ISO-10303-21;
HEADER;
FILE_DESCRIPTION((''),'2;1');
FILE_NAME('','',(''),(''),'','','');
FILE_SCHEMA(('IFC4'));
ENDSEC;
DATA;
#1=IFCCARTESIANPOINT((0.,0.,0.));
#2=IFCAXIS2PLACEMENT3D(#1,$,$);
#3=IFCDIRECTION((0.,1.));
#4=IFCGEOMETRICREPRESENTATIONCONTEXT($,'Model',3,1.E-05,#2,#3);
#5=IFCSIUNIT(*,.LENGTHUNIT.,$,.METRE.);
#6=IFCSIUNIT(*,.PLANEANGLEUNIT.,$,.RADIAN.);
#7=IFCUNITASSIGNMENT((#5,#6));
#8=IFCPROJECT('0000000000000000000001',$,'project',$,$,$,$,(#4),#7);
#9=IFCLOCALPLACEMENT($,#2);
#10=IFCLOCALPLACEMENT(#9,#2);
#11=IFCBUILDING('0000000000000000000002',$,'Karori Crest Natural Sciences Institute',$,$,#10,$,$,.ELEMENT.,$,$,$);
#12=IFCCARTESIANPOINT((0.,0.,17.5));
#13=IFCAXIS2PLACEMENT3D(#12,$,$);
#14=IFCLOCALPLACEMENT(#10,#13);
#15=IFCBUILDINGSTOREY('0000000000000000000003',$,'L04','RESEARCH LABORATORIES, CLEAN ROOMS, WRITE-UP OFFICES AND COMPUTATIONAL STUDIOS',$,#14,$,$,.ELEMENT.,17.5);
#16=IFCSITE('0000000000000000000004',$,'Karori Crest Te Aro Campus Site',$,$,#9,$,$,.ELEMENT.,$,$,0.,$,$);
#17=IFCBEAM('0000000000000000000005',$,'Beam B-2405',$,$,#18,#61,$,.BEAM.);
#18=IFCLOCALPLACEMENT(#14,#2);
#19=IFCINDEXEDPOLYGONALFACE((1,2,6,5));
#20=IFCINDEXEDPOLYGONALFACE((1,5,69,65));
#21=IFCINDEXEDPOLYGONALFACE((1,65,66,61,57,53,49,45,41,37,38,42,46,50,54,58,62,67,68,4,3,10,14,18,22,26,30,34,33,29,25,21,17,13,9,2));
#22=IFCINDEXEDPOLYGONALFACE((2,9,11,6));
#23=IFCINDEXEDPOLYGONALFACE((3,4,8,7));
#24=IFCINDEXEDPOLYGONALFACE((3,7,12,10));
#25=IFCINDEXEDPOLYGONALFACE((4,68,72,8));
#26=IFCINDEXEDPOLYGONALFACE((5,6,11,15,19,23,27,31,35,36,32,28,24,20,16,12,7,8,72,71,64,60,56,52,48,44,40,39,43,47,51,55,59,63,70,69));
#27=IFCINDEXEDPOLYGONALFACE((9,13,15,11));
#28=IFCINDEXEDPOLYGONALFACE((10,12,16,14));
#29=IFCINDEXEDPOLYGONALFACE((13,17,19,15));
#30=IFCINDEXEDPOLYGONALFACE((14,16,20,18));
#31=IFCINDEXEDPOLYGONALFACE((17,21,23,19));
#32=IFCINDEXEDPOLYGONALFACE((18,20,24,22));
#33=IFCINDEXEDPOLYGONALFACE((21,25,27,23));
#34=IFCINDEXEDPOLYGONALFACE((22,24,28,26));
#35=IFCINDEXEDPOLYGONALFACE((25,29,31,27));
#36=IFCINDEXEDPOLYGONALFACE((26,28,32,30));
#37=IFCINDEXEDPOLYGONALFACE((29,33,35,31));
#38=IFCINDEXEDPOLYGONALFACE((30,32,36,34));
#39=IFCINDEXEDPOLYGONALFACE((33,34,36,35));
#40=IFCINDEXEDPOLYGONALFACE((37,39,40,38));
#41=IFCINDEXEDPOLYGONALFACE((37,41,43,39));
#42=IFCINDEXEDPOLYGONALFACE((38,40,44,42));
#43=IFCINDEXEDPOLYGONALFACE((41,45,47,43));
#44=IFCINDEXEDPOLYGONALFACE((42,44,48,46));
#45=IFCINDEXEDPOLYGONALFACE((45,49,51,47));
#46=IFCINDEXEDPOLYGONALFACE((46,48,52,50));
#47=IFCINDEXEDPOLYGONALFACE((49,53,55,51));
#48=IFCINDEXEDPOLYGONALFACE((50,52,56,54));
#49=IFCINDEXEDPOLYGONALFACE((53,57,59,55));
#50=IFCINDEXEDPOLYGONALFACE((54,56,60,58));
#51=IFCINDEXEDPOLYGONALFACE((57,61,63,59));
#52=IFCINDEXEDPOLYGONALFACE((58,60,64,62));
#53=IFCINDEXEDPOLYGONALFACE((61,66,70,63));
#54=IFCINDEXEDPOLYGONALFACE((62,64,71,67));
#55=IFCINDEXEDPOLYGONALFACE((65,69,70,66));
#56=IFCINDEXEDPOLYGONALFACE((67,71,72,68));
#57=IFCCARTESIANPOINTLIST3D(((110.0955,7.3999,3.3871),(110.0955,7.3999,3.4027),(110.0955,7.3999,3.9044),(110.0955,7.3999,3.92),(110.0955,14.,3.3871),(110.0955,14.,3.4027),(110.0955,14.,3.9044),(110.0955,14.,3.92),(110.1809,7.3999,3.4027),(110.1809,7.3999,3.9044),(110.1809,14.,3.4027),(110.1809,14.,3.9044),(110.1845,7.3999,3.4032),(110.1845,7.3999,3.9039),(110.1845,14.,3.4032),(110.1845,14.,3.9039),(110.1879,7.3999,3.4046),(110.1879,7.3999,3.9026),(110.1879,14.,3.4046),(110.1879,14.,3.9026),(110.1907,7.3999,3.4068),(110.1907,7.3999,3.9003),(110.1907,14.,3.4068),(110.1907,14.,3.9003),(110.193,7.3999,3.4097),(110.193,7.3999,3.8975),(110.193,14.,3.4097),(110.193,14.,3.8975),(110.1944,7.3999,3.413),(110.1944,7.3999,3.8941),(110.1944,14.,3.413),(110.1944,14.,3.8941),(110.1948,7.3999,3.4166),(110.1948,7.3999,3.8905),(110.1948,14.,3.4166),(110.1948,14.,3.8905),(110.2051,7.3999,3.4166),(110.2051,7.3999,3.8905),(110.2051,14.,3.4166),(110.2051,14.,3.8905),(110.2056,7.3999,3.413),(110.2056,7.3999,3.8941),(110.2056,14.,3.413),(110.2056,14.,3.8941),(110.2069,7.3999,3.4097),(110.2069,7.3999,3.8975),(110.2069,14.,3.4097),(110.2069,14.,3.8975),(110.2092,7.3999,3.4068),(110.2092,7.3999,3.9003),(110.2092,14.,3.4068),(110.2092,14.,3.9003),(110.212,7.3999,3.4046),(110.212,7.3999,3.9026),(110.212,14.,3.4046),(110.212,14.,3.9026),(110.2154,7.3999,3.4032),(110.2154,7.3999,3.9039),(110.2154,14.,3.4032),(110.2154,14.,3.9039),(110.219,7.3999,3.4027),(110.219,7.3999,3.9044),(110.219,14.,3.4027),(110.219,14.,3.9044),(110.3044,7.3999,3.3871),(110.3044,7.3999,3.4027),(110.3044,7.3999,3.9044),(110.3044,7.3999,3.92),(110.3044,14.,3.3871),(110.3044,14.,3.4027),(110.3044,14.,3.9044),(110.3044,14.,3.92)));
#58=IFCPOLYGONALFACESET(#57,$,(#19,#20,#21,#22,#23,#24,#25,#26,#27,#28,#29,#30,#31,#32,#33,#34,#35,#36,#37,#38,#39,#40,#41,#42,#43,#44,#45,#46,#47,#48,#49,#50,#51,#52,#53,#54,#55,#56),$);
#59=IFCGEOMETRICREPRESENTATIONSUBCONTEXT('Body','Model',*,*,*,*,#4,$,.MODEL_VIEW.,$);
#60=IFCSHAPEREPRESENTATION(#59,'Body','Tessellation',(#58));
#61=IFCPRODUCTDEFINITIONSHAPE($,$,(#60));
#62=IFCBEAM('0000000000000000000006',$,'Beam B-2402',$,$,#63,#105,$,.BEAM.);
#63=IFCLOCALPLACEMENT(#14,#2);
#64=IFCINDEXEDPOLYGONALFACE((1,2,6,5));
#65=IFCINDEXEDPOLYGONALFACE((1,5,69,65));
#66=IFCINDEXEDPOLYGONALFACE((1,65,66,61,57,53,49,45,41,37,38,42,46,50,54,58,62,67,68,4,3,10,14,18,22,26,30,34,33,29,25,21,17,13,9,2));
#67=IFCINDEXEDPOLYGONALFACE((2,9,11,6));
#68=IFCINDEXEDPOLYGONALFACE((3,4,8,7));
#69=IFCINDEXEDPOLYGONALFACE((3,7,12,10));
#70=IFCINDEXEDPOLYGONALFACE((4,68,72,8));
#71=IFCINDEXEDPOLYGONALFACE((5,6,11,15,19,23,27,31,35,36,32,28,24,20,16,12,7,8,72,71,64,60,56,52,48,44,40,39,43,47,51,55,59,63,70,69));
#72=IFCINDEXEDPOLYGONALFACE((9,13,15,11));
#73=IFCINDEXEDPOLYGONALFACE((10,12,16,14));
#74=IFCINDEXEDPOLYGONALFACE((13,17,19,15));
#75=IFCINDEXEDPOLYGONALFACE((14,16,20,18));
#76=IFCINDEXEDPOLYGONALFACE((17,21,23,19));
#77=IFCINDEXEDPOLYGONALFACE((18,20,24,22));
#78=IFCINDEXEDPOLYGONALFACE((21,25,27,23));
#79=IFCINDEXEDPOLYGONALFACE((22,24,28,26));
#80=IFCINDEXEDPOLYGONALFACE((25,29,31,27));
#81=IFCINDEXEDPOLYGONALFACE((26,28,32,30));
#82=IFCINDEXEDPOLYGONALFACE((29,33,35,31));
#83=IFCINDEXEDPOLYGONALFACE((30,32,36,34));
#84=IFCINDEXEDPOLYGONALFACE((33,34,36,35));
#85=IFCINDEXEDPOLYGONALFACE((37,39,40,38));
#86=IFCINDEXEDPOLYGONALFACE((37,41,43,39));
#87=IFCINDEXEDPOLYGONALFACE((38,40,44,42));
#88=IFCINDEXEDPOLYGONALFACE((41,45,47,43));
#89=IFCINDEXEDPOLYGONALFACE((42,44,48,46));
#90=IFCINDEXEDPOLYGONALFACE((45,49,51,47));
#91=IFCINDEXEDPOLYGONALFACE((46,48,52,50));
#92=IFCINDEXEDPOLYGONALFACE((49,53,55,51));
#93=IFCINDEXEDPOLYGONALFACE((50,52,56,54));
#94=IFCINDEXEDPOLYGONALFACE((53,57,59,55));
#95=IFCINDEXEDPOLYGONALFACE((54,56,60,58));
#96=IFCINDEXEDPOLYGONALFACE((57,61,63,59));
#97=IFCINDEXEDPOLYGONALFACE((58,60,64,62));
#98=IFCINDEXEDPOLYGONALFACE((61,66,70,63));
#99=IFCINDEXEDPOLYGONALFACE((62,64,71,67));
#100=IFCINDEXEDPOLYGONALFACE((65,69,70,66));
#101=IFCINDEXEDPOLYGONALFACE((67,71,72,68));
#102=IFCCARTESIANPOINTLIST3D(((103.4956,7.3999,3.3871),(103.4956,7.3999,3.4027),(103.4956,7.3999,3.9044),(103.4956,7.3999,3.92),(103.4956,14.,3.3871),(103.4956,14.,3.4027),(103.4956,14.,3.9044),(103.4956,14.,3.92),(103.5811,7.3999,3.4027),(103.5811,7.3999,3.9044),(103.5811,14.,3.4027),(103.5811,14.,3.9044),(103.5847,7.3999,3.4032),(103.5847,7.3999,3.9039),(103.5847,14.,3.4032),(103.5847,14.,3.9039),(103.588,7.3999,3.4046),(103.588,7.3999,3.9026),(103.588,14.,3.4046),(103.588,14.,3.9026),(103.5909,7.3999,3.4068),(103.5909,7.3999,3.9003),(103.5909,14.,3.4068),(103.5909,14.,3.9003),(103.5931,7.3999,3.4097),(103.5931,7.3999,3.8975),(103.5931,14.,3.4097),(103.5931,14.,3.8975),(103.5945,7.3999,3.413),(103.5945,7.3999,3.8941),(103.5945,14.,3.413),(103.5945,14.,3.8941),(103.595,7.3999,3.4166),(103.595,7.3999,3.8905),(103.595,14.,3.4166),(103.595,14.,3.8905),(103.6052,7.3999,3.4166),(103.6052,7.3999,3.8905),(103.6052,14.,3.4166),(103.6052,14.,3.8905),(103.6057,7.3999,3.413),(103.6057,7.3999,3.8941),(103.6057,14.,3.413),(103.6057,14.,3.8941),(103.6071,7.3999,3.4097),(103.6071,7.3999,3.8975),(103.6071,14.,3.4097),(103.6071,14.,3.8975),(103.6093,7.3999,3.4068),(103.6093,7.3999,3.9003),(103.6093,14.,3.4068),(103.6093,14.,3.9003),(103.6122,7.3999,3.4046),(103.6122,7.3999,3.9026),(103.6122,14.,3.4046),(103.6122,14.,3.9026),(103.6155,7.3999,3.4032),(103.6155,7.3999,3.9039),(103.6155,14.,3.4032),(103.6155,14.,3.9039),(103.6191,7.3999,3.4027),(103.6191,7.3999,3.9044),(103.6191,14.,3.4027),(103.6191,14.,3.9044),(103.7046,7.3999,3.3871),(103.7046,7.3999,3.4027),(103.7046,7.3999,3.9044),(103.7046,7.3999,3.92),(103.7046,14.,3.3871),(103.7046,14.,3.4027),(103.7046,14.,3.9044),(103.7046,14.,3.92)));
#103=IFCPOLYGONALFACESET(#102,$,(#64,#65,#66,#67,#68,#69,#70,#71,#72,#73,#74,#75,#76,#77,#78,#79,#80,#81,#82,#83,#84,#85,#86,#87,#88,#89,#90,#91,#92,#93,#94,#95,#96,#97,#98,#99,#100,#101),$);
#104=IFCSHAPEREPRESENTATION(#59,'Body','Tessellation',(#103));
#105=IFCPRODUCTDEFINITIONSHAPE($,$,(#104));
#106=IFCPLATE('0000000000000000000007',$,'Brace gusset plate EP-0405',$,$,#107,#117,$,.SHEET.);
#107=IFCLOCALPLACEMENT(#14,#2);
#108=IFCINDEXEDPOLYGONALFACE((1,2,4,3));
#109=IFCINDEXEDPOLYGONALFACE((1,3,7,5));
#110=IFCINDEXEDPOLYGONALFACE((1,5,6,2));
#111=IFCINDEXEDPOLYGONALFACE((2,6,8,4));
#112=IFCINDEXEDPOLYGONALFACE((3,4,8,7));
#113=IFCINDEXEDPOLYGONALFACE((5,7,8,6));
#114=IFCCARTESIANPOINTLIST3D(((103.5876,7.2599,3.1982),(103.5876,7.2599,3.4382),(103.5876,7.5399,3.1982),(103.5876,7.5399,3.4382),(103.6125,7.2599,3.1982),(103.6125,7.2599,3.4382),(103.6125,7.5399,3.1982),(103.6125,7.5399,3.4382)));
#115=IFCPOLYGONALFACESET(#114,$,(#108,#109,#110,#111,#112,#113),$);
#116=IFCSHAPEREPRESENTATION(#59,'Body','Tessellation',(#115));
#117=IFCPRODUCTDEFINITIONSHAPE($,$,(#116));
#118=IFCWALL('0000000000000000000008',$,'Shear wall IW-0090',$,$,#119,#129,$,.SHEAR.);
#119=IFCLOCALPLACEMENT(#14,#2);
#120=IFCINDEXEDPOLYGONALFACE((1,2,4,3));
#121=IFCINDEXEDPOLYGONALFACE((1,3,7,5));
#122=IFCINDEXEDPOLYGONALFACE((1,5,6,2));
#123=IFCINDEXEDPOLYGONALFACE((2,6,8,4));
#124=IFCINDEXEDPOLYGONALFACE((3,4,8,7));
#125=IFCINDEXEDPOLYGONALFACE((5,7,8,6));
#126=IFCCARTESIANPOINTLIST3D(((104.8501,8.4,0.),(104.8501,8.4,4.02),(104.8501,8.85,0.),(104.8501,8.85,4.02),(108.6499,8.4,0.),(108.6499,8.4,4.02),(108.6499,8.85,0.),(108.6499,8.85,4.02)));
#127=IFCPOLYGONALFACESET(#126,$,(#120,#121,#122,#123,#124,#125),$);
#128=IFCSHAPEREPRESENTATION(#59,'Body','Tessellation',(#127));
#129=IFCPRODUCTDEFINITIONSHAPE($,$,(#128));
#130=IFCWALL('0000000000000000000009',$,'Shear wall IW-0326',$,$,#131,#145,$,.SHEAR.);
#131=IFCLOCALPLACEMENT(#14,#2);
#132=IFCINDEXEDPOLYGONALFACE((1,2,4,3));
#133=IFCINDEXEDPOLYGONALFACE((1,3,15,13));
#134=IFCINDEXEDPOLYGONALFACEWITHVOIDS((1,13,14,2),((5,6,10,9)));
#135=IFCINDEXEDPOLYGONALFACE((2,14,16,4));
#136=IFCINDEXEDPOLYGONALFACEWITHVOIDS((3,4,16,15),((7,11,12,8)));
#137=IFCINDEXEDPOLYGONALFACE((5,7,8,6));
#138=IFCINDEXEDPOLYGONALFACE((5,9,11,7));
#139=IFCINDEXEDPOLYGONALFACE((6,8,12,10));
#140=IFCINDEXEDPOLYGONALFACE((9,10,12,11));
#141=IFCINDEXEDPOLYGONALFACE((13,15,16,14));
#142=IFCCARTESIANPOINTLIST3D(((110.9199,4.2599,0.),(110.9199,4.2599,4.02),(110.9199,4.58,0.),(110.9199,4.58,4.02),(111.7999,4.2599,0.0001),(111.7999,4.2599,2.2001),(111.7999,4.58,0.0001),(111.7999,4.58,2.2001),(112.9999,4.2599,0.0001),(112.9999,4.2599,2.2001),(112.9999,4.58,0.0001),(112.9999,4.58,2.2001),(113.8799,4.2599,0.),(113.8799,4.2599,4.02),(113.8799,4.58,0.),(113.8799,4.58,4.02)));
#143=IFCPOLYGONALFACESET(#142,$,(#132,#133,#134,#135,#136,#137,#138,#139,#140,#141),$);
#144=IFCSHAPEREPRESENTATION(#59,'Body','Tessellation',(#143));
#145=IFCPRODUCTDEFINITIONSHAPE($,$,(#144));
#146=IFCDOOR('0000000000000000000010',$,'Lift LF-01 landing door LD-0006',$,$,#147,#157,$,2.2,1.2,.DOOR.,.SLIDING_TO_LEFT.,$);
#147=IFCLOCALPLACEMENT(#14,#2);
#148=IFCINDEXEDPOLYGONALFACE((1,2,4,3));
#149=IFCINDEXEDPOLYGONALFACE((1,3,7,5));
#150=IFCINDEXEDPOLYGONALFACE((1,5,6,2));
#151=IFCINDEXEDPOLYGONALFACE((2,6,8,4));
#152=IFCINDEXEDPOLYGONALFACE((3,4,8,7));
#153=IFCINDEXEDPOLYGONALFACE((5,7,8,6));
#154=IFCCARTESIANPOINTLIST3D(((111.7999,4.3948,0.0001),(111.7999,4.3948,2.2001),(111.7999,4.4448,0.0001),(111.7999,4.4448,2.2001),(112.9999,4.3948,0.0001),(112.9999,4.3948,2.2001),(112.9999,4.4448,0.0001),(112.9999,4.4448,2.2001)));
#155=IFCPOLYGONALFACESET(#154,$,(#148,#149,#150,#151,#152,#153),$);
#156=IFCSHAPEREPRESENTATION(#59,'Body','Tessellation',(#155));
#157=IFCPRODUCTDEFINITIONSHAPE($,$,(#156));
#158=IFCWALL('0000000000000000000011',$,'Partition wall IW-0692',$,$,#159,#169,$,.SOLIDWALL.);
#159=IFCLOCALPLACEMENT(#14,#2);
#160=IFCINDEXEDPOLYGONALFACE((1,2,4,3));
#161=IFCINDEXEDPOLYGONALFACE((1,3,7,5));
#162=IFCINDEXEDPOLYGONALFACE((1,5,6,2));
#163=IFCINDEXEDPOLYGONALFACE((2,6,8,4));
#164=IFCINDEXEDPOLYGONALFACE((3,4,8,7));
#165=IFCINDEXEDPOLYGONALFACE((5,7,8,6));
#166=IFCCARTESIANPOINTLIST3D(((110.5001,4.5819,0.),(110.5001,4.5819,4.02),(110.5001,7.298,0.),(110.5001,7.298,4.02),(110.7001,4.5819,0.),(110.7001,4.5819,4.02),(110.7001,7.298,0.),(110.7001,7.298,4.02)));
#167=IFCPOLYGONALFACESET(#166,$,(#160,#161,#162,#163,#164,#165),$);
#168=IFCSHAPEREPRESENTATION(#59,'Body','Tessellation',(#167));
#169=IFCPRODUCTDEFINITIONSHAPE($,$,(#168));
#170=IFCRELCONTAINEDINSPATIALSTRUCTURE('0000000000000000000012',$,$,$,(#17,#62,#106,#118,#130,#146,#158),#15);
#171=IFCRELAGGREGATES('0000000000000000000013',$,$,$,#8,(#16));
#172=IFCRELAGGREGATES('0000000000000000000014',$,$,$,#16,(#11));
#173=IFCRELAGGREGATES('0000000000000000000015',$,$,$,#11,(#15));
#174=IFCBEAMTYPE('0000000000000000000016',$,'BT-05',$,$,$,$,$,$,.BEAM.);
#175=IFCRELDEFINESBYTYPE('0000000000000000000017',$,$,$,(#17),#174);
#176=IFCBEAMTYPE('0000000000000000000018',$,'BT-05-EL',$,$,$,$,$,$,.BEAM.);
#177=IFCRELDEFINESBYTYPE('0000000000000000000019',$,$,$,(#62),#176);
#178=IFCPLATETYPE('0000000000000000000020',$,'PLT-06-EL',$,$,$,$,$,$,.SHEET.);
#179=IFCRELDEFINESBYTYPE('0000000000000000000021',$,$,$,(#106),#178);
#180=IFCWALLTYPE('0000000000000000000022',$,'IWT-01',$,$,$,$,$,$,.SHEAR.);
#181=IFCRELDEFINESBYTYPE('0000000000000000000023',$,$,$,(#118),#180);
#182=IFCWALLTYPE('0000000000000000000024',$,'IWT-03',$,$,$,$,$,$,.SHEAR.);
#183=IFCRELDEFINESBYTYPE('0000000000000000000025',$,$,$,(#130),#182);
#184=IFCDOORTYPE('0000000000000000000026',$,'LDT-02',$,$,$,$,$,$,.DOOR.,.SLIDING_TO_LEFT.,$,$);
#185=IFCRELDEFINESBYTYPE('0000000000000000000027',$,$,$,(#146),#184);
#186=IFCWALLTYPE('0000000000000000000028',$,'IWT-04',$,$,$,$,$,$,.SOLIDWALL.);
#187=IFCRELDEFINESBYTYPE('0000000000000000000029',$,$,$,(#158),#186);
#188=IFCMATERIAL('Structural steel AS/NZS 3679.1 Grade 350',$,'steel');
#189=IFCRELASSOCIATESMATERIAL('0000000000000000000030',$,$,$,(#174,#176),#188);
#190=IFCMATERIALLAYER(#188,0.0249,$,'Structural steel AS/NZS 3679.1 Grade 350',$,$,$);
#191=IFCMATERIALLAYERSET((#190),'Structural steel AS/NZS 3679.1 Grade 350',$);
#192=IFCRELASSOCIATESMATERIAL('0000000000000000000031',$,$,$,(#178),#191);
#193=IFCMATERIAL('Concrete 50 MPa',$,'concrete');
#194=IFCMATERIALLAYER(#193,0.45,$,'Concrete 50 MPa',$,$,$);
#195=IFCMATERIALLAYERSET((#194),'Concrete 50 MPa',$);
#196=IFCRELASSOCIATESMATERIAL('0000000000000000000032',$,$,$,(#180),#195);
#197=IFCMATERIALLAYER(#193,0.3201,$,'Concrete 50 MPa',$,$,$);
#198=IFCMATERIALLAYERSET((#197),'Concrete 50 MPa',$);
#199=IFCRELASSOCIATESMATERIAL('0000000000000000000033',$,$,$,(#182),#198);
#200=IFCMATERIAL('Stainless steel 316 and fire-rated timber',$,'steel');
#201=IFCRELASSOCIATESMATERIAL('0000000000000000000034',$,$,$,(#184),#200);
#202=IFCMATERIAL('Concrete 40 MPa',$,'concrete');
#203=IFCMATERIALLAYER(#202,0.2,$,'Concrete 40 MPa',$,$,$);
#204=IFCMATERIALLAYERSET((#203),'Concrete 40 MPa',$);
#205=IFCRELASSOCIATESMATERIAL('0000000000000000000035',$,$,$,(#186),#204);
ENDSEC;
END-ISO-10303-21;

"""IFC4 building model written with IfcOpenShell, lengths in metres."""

from ifc_helpers import new_model, si_unit, direction, frame, frame_2d, origin, origin_2d, place, context, subcontext, project, spatial, rectangle, i_section, extrude, material, layer, layer_set, material_profile, profile_set, type_object, element, fill, save


model = new_model("IFC4")

# Units and contexts
model_context = context("Model", 3, precision=1e-05, world=origin(), true_north=direction((0.0, 1.0)))
body_context = subcontext(model_context, "Body", "Model", "MODEL_VIEW")
ifc_project = project(units=[si_unit("LENGTHUNIT", "METRE"), si_unit("PLANEANGLEUNIT", "RADIAN")], contexts=[model_context])

# Site, building, storey
site_placement = place(None, origin())
site = spatial("IfcSite", under=ifc_project, at=site_placement, Name="Karori Crest Te Aro Campus Site", CompositionType="ELEMENT", RefElevation=0.0)
building_placement = place(site_placement, origin())
building = spatial("IfcBuilding", under=site, at=building_placement, Name="Karori Crest Natural Sciences Institute", CompositionType="ELEMENT")
storey_placement = place(building_placement, frame((0.0, 0.0, 17.5)))
storey = spatial("IfcBuildingStorey", under=building, at=storey_placement, Name="L04", Description="RESEARCH LABORATORIES, CLEAN ROOMS, WRITE-UP OFFICES AND COMPUTATIONAL STUDIOS", CompositionType="ELEMENT", Elevation=17.5)

# Shared definitions
ifc_material_1 = material(Name="Structural steel AS/NZS 3679.1 Grade 350", Category="steel")

# Beams
ifc_material_profile_1 = material_profile(ifc_material_1, i_section(OverallWidth=0.209, OverallDepth=0.533, WebThickness=0.0103, FlangeThickness=0.0156, FilletRadius=0.0139, at=origin_2d()), Name="530UB92.4")
ifc_profile_set_1 = profile_set([ifc_material_profile_1], Name="Structural steel AS/NZS 3679.1 Grade 350")
beam_type_1 = type_object("IfcBeamType", Name="BT-05", PredefinedType="BEAM", material=ifc_profile_set_1)
beam_1_placement = place(storey_placement, frame((110.2, 7.3999, 3.6536), z_axis=(0.0, 1.0, 0.0), x_axis=(-1.0, 0.0, 0.0)))
element("IfcBeam", 1, at=beam_1_placement, inside=storey, type_object=beam_type_1, Name="Beam B-2405", PredefinedType="BEAM", context=body_context, shape_type="SweptSolid", body=[
    extrude(i_section(OverallWidth=0.209, OverallDepth=0.533, WebThickness=0.0103, FlangeThickness=0.0156, FilletRadius=0.0139, at=origin_2d()), origin(), (0.0, 0.0, 1.0), 6.6001),
])
ifc_material_profile_2 = material_profile(ifc_material_1, i_section(OverallWidth=0.209, OverallDepth=0.533, WebThickness=0.0103, FlangeThickness=0.0156, FilletRadius=0.0139, at=origin_2d()), Name="530UB92.4")
ifc_profile_set_2 = profile_set([ifc_material_profile_2], Name="Structural steel AS/NZS 3679.1 Grade 350")
beam_type_2 = type_object("IfcBeamType", Name="BT-05-EL", PredefinedType="BEAM", material=ifc_profile_set_2)
beam_2_placement = place(storey_placement, frame((103.6001, 7.3999, 3.6536), z_axis=(0.0, 1.0, 0.0), x_axis=(-1.0, 0.0, 0.0)))
element("IfcBeam", 2, at=beam_2_placement, inside=storey, type_object=beam_type_2, Name="Beam B-2402", PredefinedType="BEAM", context=body_context, shape_type="SweptSolid", body=[
    extrude(i_section(OverallWidth=0.209, OverallDepth=0.533, WebThickness=0.0103, FlangeThickness=0.0156, FilletRadius=0.0139, at=origin_2d()), origin(), (0.0, 0.0, 1.0), 6.6001),
])

# Plate
ifc_layer_1 = layer(ifc_material_1, 0.0249, Name="Structural steel AS/NZS 3679.1 Grade 350")
ifc_layer_set_1 = layer_set([ifc_layer_1], Name="Structural steel AS/NZS 3679.1 Grade 350")
plate_type = type_object("IfcPlateType", Name="PLT-06-EL", PredefinedType="SHEET", material=ifc_layer_set_1)
plate_placement = place(storey_placement, frame((103.6001, 7.3999, 3.1982), z_axis=(0.0, 0.0, 1.0), x_axis=(0.0, 1.0, 0.0)))
element("IfcPlate", 3, at=plate_placement, inside=storey, type_object=plate_type, Name="Brace gusset plate EP-0405", PredefinedType="SHEET", context=body_context, shape_type="SweptSolid", body=[
    extrude(rectangle(XDim=0.28, YDim=0.0249, at=origin_2d()), origin(), (0.0, 0.0, 1.0), 0.24),
])

# Wall
ifc_material_2 = material(Name="Concrete 50 MPa", Category="concrete")
ifc_layer_2 = layer(ifc_material_2, 0.45, Name="Concrete 50 MPa")
ifc_layer_set_2 = layer_set([ifc_layer_2], Name="Concrete 50 MPa")
wall_type_1 = type_object("IfcWallType", Name="IWT-01", PredefinedType="SHEAR", material=ifc_layer_set_2)
wall_1_placement = place(storey_placement, frame((104.8501, 8.625, 0.0), z_axis=(0.0, 0.0, 1.0), x_axis=(1.0, 0.0, 0.0)))
element("IfcWall", 4, at=wall_1_placement, inside=storey, type_object=wall_type_1, Name="Shear wall IW-0090", PredefinedType="SHEAR", context=body_context, shape_type="SweptSolid", body=[
    extrude(rectangle(XDim=3.7998, YDim=0.45, at=frame_2d((1.8999, 0.0))), origin(), (0.0, 0.0, 1.0), 4.02),
])

# Wall, opening, door
ifc_layer_3 = layer(ifc_material_2, 0.3201, Name="Concrete 50 MPa")
ifc_layer_set_3 = layer_set([ifc_layer_3], Name="Concrete 50 MPa")
wall_type_2 = type_object("IfcWallType", Name="IWT-03", PredefinedType="SHEAR", material=ifc_layer_set_3)
wall_2_placement = place(storey_placement, frame((110.9199, 4.4199, 0.0), z_axis=(0.0, 0.0, 1.0), x_axis=(1.0, 0.0, 0.0)))
wall_2 = element("IfcWall", 5, at=wall_2_placement, inside=storey, type_object=wall_type_2, Name="Shear wall IW-0326", PredefinedType="SHEAR", context=body_context, shape_type="SweptSolid", body=[
    extrude(rectangle(XDim=2.96, YDim=0.3201, at=frame_2d((1.48, 0.0))), origin(), (0.0, 0.0, 1.0), 4.02),
])
opening_1_placement = place(wall_2_placement, frame((0.8799, 0.0, 0.0)))
opening_1 = element("IfcOpeningElement", 6, at=opening_1_placement, cuts=wall_2, PredefinedType="OPENING", context=body_context, shape_type="SweptSolid", body=[
    extrude(rectangle(XDim=1.2, YDim=2.2, at=frame_2d((0.6001, 1.1001))), frame((0.0, 0.1699, 0.0), z_axis=(0.0, -1.0, 0.0), x_axis=(1.0, 0.0, 0.0)), (0.0, 0.0, 1.0), 0.3401),
])
ifc_material_3 = material(Name="Stainless steel 316 and fire-rated timber", Category="steel")
door_type_1 = type_object("IfcDoorType", Name="LDT-02", OperationType="SLIDING_TO_LEFT", PredefinedType="DOOR", material=ifc_material_3)
door_1_placement = place(opening_1_placement, origin())
door_1 = element("IfcDoor", 7, at=door_1_placement, inside=storey, type_object=door_type_1, Name="Lift LF-01 landing door LD-0006", OperationType="SLIDING_TO_LEFT", OverallHeight=2.2, OverallWidth=1.2, PredefinedType="DOOR", context=body_context, shape_type="SweptSolid", body=[
    extrude(rectangle(XDim=1.2, YDim=2.2, at=frame_2d((0.6001, 1.1001))), frame((0.0, 0.0249, 0.0), z_axis=(0.0, -1.0, 0.0), x_axis=(1.0, 0.0, 0.0)), (0.0, 0.0, 1.0), 0.05),
])
fill(opening_1, door_1)
ifc_material_4 = material(Name="Concrete 40 MPa", Category="concrete")
ifc_layer_4 = layer(ifc_material_4, 0.2, Name="Concrete 40 MPa")
ifc_layer_set_4 = layer_set([ifc_layer_4], Name="Concrete 40 MPa")
wall_type_3 = type_object("IfcWallType", Name="IWT-04", PredefinedType="SOLIDWALL", material=ifc_layer_set_4)

# Wall
wall_3_placement = place(storey_placement, frame((110.6001, 4.582, 0.0), z_axis=(0.0, 0.0, 1.0), x_axis=(0.0, 1.0, 0.0)))
element("IfcWall", 8, at=wall_3_placement, inside=storey, type_object=wall_type_3, Name="Partition wall IW-0692", PredefinedType="SOLIDWALL", context=body_context, shape_type="SweptSolid", body=[
    extrude(rectangle(XDim=2.7161, YDim=0.2, at=frame_2d((1.3579, 0.0))), origin(), (0.0, 0.0, 1.0), 4.02),
])

save(model, "model.ifc")
